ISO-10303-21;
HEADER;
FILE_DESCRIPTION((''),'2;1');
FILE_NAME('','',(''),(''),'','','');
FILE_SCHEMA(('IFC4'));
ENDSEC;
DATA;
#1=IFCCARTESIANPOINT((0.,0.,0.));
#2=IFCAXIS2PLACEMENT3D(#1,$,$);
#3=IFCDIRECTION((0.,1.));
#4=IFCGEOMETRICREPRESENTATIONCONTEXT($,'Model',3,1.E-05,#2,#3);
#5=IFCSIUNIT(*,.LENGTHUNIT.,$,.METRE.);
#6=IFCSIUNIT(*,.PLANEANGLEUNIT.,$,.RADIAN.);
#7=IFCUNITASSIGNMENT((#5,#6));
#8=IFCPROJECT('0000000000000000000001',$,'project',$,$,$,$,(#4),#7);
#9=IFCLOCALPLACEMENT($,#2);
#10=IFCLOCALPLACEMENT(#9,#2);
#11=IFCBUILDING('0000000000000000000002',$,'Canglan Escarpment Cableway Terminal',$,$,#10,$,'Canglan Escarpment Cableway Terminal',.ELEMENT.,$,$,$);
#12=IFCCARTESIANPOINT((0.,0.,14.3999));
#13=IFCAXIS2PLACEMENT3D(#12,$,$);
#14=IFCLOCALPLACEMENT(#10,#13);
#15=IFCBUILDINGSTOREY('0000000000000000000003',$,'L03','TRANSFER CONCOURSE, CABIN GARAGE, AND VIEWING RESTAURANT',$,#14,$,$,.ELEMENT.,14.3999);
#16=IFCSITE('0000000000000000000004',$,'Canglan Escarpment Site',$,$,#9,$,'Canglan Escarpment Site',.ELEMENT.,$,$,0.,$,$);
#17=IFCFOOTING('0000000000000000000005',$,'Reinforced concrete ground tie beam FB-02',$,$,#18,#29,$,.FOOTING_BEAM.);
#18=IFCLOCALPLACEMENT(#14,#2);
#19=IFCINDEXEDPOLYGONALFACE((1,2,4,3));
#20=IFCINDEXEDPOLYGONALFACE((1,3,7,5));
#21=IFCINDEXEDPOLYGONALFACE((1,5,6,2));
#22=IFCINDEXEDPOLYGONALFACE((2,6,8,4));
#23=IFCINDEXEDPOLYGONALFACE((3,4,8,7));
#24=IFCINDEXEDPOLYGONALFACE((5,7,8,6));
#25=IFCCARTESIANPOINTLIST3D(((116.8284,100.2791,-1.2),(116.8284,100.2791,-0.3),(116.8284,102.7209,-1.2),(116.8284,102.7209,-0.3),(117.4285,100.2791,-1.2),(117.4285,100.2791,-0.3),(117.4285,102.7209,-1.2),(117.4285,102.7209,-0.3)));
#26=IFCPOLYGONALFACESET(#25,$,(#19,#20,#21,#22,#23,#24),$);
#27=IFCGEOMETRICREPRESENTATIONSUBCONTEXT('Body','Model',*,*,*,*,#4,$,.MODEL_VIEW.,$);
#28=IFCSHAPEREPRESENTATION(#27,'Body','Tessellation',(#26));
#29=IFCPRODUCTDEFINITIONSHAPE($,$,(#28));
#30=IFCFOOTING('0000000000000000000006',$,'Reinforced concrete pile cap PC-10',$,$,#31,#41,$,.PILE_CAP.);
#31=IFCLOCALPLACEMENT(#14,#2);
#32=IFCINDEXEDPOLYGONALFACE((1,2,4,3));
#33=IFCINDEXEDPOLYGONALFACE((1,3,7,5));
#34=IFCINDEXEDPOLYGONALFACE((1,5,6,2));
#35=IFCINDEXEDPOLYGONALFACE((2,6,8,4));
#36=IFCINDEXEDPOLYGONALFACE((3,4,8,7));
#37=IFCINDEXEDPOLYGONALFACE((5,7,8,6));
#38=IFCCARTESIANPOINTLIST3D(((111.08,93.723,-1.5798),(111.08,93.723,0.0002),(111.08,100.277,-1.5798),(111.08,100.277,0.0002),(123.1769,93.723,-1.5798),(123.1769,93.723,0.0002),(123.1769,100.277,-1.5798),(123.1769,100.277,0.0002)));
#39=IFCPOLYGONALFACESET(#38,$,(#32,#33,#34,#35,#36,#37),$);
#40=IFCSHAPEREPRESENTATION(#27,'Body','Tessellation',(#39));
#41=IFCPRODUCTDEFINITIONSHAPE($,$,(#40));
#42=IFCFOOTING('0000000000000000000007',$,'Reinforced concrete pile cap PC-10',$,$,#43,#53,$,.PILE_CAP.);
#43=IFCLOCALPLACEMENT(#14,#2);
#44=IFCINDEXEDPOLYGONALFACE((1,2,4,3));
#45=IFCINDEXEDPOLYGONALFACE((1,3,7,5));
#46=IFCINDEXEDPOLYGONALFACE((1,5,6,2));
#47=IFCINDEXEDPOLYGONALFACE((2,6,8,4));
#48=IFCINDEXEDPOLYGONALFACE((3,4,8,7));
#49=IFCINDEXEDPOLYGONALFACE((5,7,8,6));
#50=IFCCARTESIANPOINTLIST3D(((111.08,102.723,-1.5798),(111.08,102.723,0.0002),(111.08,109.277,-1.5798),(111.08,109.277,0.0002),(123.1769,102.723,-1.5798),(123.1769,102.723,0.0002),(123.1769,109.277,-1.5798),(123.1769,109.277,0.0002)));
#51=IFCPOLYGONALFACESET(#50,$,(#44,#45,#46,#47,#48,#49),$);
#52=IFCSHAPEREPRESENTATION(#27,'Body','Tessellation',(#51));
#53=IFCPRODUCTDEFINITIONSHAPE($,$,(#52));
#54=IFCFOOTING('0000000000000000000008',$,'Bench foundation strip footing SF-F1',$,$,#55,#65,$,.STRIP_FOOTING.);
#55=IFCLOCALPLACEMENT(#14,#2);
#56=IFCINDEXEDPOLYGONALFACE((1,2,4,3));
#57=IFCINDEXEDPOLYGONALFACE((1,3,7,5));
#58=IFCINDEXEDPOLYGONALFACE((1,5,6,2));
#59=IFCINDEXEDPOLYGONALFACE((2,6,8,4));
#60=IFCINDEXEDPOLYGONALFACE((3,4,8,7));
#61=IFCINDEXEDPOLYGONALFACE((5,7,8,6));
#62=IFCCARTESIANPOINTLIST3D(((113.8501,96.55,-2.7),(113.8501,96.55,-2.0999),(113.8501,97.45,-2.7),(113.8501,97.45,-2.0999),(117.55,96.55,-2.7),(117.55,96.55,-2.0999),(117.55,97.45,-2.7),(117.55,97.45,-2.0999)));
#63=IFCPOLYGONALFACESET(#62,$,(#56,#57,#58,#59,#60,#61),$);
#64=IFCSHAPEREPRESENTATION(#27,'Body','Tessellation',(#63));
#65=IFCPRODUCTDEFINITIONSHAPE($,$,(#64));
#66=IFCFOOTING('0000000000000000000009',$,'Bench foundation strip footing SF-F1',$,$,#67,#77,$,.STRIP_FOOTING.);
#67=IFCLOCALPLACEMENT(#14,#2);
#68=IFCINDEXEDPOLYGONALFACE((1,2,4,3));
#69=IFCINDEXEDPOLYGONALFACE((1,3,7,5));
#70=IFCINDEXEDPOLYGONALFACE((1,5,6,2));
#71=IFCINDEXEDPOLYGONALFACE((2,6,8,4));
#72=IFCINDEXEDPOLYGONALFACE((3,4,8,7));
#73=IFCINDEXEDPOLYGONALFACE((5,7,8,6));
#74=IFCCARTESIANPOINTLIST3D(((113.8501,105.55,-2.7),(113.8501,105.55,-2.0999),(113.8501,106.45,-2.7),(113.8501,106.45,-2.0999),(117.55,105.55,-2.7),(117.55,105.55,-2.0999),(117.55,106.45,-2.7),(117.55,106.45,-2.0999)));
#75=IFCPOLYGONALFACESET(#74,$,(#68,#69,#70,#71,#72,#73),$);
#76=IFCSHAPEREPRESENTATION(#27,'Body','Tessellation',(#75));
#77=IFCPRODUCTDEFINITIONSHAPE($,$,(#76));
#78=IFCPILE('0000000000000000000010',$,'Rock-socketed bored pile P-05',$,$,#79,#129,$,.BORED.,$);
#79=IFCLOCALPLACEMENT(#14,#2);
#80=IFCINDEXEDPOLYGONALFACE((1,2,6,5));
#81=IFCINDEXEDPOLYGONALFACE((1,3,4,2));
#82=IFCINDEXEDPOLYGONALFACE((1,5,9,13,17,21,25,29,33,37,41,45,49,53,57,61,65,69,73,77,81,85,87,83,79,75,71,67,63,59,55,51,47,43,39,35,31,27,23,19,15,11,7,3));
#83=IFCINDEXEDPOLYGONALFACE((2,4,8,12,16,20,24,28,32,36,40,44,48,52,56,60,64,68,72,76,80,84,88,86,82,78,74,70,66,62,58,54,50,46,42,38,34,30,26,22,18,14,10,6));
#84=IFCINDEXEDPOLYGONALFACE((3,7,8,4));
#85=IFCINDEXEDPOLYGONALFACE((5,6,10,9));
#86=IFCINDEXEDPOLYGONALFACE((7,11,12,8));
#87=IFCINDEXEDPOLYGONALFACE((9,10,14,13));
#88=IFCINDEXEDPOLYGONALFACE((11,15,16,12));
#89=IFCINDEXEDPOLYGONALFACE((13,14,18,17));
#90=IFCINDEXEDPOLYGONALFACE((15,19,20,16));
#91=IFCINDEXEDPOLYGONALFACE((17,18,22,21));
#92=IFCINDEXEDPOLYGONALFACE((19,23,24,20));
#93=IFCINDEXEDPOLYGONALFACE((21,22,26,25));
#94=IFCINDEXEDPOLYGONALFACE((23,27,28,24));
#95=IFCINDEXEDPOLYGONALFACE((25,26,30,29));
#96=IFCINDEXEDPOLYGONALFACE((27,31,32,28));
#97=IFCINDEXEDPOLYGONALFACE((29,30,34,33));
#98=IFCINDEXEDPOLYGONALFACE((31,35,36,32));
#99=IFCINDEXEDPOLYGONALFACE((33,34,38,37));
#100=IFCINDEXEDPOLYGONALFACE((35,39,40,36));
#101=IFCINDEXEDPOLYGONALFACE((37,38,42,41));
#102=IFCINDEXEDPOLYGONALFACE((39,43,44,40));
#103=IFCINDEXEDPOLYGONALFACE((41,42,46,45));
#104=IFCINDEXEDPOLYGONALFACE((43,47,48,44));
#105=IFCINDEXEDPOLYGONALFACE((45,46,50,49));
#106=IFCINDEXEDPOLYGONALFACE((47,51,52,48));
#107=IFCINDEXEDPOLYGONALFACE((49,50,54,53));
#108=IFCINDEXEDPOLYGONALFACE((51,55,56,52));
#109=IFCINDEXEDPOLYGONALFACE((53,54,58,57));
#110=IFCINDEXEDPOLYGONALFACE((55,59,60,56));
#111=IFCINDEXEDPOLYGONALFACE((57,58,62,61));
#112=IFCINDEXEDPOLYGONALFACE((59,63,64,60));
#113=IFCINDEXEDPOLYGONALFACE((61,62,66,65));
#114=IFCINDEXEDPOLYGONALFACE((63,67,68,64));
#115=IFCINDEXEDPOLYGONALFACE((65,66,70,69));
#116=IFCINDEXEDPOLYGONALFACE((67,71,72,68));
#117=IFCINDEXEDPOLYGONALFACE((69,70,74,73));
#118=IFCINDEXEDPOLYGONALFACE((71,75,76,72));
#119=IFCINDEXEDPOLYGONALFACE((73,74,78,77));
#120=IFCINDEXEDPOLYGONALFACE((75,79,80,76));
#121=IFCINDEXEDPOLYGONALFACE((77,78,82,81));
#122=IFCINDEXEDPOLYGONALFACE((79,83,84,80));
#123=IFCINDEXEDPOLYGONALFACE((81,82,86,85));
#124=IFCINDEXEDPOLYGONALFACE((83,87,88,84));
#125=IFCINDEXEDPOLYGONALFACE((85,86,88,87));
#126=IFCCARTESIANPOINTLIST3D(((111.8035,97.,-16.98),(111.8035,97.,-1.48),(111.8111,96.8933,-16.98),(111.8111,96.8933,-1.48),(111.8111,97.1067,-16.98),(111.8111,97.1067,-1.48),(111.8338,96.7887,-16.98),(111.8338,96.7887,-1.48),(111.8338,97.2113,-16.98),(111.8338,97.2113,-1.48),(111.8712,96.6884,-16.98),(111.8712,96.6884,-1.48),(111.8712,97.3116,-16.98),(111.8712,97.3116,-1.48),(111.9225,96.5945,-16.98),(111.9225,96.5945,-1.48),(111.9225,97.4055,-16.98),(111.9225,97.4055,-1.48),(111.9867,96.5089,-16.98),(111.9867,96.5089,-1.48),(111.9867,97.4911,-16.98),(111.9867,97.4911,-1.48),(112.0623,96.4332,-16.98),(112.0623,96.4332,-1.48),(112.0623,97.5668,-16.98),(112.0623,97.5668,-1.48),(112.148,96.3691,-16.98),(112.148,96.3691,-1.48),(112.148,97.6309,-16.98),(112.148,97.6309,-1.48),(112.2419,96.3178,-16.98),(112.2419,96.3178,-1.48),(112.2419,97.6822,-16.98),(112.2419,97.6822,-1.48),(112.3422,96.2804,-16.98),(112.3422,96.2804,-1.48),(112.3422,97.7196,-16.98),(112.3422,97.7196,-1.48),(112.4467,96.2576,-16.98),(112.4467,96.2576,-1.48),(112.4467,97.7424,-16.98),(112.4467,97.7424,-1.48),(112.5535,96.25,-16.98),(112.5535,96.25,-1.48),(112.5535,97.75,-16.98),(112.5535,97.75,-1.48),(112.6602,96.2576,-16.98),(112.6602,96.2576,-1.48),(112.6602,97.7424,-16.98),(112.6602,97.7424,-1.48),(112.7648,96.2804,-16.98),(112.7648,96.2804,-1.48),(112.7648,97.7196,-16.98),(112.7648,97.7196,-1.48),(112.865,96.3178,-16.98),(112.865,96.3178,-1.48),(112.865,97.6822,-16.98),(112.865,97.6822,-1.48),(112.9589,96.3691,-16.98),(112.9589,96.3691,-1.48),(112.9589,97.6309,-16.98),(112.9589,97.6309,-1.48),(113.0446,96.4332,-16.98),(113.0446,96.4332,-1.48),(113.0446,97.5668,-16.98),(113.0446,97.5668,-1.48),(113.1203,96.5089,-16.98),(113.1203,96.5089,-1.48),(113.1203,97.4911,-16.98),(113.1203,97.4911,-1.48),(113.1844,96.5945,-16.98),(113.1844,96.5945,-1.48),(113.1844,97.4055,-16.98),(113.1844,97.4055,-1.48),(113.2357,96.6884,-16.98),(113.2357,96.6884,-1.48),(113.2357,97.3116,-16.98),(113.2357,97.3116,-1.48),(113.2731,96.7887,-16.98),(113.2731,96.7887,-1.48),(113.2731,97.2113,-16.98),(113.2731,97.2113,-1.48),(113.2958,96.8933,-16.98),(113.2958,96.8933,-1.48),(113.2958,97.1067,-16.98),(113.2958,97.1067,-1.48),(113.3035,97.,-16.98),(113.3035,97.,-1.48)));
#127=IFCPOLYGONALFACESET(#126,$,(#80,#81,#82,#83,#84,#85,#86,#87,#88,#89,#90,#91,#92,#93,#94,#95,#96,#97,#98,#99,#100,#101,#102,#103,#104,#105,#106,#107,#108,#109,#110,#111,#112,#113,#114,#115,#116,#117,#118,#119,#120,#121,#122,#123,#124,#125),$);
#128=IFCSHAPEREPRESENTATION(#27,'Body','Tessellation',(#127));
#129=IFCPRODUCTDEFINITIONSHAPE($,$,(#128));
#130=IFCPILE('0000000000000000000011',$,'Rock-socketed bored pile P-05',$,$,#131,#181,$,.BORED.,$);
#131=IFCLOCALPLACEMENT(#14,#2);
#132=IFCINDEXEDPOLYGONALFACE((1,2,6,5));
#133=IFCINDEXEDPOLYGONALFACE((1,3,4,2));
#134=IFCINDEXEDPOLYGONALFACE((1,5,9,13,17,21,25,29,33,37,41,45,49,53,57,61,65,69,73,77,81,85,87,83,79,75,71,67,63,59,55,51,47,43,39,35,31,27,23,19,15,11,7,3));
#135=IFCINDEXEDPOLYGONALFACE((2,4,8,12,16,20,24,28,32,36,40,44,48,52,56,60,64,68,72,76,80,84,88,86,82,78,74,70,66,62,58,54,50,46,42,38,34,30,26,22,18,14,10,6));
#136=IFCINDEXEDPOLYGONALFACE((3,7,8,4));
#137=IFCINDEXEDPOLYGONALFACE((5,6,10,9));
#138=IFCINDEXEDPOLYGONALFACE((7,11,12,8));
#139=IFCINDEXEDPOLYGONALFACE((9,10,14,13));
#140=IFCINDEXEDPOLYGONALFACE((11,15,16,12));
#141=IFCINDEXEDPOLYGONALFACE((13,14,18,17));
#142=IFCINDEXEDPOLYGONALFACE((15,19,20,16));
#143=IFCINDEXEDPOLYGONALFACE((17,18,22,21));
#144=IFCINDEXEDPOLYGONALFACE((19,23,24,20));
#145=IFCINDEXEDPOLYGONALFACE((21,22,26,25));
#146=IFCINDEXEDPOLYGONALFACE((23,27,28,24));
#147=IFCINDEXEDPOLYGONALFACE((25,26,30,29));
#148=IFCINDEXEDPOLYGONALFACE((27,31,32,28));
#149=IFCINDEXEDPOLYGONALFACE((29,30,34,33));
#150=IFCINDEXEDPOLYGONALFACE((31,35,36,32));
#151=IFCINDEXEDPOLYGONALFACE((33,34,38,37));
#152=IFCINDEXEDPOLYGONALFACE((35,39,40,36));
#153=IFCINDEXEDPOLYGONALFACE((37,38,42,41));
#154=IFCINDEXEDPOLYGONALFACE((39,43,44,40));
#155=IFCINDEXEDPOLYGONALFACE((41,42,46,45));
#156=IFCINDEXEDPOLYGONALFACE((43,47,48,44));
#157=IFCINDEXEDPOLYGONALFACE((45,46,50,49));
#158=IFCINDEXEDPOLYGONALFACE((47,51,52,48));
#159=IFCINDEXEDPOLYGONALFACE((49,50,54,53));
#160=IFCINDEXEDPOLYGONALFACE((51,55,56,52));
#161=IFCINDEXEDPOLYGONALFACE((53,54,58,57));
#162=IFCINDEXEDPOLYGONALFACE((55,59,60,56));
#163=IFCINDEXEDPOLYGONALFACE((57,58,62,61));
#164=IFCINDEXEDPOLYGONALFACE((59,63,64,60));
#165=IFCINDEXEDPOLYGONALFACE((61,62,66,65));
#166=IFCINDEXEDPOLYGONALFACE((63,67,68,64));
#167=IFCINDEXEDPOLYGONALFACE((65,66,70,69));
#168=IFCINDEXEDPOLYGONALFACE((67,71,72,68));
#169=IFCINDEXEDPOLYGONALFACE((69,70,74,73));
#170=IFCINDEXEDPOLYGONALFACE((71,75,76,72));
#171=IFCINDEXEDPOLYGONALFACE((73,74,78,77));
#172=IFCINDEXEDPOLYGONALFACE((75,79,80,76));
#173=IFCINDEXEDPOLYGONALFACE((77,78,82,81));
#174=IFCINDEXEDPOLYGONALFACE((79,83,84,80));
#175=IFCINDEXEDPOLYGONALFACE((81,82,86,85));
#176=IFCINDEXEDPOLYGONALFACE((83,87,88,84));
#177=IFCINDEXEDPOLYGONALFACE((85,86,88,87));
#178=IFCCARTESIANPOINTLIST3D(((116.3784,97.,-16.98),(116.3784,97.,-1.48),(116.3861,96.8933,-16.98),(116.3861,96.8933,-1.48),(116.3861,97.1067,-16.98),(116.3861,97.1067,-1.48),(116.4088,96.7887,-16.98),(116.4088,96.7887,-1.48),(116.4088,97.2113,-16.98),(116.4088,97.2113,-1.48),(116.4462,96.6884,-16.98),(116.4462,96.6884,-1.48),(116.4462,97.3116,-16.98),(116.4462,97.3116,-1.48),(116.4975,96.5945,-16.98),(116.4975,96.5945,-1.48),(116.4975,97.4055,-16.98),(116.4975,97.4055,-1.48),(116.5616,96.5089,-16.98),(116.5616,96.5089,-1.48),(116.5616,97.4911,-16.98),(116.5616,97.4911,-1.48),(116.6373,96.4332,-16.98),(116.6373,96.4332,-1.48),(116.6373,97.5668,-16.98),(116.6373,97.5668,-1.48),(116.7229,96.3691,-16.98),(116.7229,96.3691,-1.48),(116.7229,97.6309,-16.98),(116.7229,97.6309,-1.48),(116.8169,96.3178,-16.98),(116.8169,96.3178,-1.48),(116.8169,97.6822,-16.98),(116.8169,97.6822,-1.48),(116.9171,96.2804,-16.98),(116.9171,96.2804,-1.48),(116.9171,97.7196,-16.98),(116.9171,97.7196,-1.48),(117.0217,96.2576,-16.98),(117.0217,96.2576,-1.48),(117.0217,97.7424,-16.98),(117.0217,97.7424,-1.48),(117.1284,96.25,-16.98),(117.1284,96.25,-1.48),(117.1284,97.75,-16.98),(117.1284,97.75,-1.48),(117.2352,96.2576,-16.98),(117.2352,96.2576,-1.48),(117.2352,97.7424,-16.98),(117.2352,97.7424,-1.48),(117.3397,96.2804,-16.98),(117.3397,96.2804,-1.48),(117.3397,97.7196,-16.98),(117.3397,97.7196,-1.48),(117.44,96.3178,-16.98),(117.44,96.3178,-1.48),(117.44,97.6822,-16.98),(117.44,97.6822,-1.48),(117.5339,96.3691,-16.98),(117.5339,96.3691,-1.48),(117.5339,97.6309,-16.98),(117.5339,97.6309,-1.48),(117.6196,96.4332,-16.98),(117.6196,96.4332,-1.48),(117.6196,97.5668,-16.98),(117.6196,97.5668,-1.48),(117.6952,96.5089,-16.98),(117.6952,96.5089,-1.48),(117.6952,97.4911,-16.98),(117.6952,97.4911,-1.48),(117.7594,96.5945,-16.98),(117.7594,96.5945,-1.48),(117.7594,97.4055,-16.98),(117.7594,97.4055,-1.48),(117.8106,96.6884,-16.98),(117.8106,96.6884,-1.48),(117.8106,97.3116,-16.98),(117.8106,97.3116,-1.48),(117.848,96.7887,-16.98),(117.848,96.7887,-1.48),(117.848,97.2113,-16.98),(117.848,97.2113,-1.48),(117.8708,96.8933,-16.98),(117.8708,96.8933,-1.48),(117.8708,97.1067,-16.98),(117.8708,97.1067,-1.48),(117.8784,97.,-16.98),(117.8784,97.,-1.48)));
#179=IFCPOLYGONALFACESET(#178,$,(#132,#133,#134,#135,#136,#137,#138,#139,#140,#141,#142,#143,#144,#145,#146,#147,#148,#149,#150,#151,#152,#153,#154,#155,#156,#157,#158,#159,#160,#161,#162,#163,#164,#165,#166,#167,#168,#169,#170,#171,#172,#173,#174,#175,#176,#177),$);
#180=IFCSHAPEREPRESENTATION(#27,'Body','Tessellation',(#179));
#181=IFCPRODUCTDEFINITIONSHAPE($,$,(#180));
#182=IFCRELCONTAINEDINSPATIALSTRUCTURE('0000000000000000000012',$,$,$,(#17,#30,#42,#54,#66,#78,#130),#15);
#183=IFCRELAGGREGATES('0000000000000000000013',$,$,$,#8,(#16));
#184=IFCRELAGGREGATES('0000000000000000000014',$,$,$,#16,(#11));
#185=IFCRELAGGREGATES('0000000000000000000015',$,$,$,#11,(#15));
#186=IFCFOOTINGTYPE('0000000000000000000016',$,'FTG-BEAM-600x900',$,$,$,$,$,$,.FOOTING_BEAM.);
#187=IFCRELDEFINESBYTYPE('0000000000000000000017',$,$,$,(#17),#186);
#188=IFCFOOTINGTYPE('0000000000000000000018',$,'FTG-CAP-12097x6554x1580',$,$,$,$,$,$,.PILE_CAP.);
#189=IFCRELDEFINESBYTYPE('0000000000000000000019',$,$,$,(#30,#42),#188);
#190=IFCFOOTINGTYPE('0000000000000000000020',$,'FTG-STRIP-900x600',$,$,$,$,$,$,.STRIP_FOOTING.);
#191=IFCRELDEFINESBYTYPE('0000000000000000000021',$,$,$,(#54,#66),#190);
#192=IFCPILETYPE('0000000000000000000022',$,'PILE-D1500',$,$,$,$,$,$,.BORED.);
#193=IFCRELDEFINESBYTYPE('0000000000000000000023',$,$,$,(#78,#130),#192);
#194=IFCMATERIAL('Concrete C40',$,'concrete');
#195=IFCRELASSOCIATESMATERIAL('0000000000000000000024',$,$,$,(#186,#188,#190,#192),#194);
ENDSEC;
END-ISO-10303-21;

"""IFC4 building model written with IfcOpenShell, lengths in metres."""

from ifc_helpers import new_model, si_unit, direction, frame, origin, origin_2d, place, context, subcontext, project, spatial, rectangle, circle, extrude, material, material_profile, profile_set, type_object, element, save


model = new_model("IFC4")

# Units and contexts
model_context = context("Model", 3, precision=1e-05, world=origin(), true_north=direction((0.0, 1.0)))
body_context = subcontext(model_context, "Body", "Model", "MODEL_VIEW")
ifc_project = project(units=[si_unit("LENGTHUNIT", "METRE"), si_unit("PLANEANGLEUNIT", "RADIAN")], contexts=[model_context])

# Site, building, storey
site_placement = place(None, origin())
site = spatial("IfcSite", under=ifc_project, at=site_placement, Name="Canglan Escarpment Site", LongName="Canglan Escarpment Site", CompositionType="ELEMENT", RefElevation=0.0)
building_placement = place(site_placement, origin())
building = spatial("IfcBuilding", under=site, at=building_placement, Name="Canglan Escarpment Cableway Terminal", LongName="Canglan Escarpment Cableway Terminal", CompositionType="ELEMENT")
storey_placement = place(building_placement, frame((0.0, 0.0, 14.3999)))
storey = spatial("IfcBuildingStorey", under=building, at=storey_placement, Name="L03", Description="TRANSFER CONCOURSE, CABIN GARAGE, AND VIEWING RESTAURANT", CompositionType="ELEMENT", Elevation=14.3999)

# Footings
ifc_material_1 = material(Name="Concrete C40", Category="concrete")
ifc_material_profile_1 = material_profile(ifc_material_1, rectangle(XDim=0.6001, YDim=0.8999, at=origin_2d()), Name="FB 600x900")
ifc_profile_set_1 = profile_set([ifc_material_profile_1], Name="Concrete C40")
footing_type_1 = type_object("IfcFootingType", Name="FTG-BEAM-600x900", PredefinedType="FOOTING_BEAM", material=ifc_profile_set_1)
footing_placement = place(storey_placement, frame((117.1284, 100.2791, -0.75), z_axis=(0.0, 1.0, 0.0), x_axis=(-1.0, 0.0, 0.0)))
element("IfcFooting", 1, at=footing_placement, inside=storey, type_object=footing_type_1, Name="Reinforced concrete ground tie beam FB-02", PredefinedType="FOOTING_BEAM", context=body_context, shape_type="SweptSolid", body=[
    extrude(rectangle(XDim=0.6001, YDim=0.8999, at=origin_2d()), origin(), (0.0, 0.0, 1.0), 2.4419),
])
footing_type_2 = type_object("IfcFootingType", Name="FTG-CAP-12097x6554x1580", PredefinedType="PILE_CAP", material=ifc_material_1)
for number, where, z_axis, x_axis, name in (
    (2, (117.1284, 97.0, -1.5798), (0.0, 0.0, 1.0), (1.0, 0.0, 0.0), "Reinforced concrete pile cap PC-10"),
    (3, (117.1284, 106.0, -1.5798), (0.0, 0.0, 1.0), (1.0, 0.0, 0.0), "Reinforced concrete pile cap PC-10"),
):
    element("IfcFooting", number, at=place(storey_placement, frame(where, z_axis=z_axis, x_axis=x_axis)), inside=storey, type_object=footing_type_2, Name=name, PredefinedType="PILE_CAP", context=body_context, shape_type="SweptSolid", body=[
        extrude(rectangle(XDim=12.0969, YDim=6.554, at=origin_2d()), origin(), (0.0, 0.0, 1.0), 1.5801),
    ])
ifc_material_profile_2 = material_profile(ifc_material_1, rectangle(XDim=0.8999, YDim=0.6001, at=origin_2d()), Name="SF 900x600")
ifc_profile_set_2 = profile_set([ifc_material_profile_2], Name="Concrete C40")
footing_type_3 = type_object("IfcFootingType", Name="FTG-STRIP-900x600", PredefinedType="STRIP_FOOTING", material=ifc_profile_set_2)
for number, where, z_axis, x_axis, name in (
    (4, (113.8501, 97.0, -2.3999), (1.0, 0.0, 0.0), (0.0, 1.0, 0.0), "Bench foundation strip footing SF-F1"),
    (5, (113.8501, 106.0, -2.3999), (1.0, 0.0, 0.0), (0.0, 1.0, 0.0), "Bench foundation strip footing SF-F1"),
):
    element("IfcFooting", number, at=place(storey_placement, frame(where, z_axis=z_axis, x_axis=x_axis)), inside=storey, type_object=footing_type_3, Name=name, PredefinedType="STRIP_FOOTING", context=body_context, shape_type="SweptSolid", body=[
        extrude(rectangle(XDim=0.8999, YDim=0.6001, at=origin_2d()), origin(), (0.0, 0.0, 1.0), 3.7),
    ])

# Piles
ifc_material_profile_3 = material_profile(ifc_material_1, circle(Radius=0.75, at=origin_2d()), Name="BORED PILE D1500")
ifc_profile_set_3 = profile_set([ifc_material_profile_3], Name="Concrete C40")
pile_type = type_object("IfcPileType", Name="PILE-D1500", PredefinedType="BORED", material=ifc_profile_set_3)
for number, where, z_axis, x_axis, name in (
    (6, (112.5535, 97.0, -1.48), (0.0, 0.0, -1.0), (1.0, 0.0, 0.0), "Rock-socketed bored pile P-05"),
    (7, (117.1284, 97.0, -1.48), (0.0, 0.0, -1.0), (1.0, 0.0, 0.0), "Rock-socketed bored pile P-05"),
):
    element("IfcPile", number, at=place(storey_placement, frame(where, z_axis=z_axis, x_axis=x_axis)), inside=storey, type_object=pile_type, Name=name, PredefinedType="BORED", context=body_context, shape_type="SweptSolid", body=[
        extrude(circle(Radius=0.75, at=origin_2d()), origin(), (0.0, 0.0, 1.0), 15.5),
    ])

save(model, "model.ifc")
